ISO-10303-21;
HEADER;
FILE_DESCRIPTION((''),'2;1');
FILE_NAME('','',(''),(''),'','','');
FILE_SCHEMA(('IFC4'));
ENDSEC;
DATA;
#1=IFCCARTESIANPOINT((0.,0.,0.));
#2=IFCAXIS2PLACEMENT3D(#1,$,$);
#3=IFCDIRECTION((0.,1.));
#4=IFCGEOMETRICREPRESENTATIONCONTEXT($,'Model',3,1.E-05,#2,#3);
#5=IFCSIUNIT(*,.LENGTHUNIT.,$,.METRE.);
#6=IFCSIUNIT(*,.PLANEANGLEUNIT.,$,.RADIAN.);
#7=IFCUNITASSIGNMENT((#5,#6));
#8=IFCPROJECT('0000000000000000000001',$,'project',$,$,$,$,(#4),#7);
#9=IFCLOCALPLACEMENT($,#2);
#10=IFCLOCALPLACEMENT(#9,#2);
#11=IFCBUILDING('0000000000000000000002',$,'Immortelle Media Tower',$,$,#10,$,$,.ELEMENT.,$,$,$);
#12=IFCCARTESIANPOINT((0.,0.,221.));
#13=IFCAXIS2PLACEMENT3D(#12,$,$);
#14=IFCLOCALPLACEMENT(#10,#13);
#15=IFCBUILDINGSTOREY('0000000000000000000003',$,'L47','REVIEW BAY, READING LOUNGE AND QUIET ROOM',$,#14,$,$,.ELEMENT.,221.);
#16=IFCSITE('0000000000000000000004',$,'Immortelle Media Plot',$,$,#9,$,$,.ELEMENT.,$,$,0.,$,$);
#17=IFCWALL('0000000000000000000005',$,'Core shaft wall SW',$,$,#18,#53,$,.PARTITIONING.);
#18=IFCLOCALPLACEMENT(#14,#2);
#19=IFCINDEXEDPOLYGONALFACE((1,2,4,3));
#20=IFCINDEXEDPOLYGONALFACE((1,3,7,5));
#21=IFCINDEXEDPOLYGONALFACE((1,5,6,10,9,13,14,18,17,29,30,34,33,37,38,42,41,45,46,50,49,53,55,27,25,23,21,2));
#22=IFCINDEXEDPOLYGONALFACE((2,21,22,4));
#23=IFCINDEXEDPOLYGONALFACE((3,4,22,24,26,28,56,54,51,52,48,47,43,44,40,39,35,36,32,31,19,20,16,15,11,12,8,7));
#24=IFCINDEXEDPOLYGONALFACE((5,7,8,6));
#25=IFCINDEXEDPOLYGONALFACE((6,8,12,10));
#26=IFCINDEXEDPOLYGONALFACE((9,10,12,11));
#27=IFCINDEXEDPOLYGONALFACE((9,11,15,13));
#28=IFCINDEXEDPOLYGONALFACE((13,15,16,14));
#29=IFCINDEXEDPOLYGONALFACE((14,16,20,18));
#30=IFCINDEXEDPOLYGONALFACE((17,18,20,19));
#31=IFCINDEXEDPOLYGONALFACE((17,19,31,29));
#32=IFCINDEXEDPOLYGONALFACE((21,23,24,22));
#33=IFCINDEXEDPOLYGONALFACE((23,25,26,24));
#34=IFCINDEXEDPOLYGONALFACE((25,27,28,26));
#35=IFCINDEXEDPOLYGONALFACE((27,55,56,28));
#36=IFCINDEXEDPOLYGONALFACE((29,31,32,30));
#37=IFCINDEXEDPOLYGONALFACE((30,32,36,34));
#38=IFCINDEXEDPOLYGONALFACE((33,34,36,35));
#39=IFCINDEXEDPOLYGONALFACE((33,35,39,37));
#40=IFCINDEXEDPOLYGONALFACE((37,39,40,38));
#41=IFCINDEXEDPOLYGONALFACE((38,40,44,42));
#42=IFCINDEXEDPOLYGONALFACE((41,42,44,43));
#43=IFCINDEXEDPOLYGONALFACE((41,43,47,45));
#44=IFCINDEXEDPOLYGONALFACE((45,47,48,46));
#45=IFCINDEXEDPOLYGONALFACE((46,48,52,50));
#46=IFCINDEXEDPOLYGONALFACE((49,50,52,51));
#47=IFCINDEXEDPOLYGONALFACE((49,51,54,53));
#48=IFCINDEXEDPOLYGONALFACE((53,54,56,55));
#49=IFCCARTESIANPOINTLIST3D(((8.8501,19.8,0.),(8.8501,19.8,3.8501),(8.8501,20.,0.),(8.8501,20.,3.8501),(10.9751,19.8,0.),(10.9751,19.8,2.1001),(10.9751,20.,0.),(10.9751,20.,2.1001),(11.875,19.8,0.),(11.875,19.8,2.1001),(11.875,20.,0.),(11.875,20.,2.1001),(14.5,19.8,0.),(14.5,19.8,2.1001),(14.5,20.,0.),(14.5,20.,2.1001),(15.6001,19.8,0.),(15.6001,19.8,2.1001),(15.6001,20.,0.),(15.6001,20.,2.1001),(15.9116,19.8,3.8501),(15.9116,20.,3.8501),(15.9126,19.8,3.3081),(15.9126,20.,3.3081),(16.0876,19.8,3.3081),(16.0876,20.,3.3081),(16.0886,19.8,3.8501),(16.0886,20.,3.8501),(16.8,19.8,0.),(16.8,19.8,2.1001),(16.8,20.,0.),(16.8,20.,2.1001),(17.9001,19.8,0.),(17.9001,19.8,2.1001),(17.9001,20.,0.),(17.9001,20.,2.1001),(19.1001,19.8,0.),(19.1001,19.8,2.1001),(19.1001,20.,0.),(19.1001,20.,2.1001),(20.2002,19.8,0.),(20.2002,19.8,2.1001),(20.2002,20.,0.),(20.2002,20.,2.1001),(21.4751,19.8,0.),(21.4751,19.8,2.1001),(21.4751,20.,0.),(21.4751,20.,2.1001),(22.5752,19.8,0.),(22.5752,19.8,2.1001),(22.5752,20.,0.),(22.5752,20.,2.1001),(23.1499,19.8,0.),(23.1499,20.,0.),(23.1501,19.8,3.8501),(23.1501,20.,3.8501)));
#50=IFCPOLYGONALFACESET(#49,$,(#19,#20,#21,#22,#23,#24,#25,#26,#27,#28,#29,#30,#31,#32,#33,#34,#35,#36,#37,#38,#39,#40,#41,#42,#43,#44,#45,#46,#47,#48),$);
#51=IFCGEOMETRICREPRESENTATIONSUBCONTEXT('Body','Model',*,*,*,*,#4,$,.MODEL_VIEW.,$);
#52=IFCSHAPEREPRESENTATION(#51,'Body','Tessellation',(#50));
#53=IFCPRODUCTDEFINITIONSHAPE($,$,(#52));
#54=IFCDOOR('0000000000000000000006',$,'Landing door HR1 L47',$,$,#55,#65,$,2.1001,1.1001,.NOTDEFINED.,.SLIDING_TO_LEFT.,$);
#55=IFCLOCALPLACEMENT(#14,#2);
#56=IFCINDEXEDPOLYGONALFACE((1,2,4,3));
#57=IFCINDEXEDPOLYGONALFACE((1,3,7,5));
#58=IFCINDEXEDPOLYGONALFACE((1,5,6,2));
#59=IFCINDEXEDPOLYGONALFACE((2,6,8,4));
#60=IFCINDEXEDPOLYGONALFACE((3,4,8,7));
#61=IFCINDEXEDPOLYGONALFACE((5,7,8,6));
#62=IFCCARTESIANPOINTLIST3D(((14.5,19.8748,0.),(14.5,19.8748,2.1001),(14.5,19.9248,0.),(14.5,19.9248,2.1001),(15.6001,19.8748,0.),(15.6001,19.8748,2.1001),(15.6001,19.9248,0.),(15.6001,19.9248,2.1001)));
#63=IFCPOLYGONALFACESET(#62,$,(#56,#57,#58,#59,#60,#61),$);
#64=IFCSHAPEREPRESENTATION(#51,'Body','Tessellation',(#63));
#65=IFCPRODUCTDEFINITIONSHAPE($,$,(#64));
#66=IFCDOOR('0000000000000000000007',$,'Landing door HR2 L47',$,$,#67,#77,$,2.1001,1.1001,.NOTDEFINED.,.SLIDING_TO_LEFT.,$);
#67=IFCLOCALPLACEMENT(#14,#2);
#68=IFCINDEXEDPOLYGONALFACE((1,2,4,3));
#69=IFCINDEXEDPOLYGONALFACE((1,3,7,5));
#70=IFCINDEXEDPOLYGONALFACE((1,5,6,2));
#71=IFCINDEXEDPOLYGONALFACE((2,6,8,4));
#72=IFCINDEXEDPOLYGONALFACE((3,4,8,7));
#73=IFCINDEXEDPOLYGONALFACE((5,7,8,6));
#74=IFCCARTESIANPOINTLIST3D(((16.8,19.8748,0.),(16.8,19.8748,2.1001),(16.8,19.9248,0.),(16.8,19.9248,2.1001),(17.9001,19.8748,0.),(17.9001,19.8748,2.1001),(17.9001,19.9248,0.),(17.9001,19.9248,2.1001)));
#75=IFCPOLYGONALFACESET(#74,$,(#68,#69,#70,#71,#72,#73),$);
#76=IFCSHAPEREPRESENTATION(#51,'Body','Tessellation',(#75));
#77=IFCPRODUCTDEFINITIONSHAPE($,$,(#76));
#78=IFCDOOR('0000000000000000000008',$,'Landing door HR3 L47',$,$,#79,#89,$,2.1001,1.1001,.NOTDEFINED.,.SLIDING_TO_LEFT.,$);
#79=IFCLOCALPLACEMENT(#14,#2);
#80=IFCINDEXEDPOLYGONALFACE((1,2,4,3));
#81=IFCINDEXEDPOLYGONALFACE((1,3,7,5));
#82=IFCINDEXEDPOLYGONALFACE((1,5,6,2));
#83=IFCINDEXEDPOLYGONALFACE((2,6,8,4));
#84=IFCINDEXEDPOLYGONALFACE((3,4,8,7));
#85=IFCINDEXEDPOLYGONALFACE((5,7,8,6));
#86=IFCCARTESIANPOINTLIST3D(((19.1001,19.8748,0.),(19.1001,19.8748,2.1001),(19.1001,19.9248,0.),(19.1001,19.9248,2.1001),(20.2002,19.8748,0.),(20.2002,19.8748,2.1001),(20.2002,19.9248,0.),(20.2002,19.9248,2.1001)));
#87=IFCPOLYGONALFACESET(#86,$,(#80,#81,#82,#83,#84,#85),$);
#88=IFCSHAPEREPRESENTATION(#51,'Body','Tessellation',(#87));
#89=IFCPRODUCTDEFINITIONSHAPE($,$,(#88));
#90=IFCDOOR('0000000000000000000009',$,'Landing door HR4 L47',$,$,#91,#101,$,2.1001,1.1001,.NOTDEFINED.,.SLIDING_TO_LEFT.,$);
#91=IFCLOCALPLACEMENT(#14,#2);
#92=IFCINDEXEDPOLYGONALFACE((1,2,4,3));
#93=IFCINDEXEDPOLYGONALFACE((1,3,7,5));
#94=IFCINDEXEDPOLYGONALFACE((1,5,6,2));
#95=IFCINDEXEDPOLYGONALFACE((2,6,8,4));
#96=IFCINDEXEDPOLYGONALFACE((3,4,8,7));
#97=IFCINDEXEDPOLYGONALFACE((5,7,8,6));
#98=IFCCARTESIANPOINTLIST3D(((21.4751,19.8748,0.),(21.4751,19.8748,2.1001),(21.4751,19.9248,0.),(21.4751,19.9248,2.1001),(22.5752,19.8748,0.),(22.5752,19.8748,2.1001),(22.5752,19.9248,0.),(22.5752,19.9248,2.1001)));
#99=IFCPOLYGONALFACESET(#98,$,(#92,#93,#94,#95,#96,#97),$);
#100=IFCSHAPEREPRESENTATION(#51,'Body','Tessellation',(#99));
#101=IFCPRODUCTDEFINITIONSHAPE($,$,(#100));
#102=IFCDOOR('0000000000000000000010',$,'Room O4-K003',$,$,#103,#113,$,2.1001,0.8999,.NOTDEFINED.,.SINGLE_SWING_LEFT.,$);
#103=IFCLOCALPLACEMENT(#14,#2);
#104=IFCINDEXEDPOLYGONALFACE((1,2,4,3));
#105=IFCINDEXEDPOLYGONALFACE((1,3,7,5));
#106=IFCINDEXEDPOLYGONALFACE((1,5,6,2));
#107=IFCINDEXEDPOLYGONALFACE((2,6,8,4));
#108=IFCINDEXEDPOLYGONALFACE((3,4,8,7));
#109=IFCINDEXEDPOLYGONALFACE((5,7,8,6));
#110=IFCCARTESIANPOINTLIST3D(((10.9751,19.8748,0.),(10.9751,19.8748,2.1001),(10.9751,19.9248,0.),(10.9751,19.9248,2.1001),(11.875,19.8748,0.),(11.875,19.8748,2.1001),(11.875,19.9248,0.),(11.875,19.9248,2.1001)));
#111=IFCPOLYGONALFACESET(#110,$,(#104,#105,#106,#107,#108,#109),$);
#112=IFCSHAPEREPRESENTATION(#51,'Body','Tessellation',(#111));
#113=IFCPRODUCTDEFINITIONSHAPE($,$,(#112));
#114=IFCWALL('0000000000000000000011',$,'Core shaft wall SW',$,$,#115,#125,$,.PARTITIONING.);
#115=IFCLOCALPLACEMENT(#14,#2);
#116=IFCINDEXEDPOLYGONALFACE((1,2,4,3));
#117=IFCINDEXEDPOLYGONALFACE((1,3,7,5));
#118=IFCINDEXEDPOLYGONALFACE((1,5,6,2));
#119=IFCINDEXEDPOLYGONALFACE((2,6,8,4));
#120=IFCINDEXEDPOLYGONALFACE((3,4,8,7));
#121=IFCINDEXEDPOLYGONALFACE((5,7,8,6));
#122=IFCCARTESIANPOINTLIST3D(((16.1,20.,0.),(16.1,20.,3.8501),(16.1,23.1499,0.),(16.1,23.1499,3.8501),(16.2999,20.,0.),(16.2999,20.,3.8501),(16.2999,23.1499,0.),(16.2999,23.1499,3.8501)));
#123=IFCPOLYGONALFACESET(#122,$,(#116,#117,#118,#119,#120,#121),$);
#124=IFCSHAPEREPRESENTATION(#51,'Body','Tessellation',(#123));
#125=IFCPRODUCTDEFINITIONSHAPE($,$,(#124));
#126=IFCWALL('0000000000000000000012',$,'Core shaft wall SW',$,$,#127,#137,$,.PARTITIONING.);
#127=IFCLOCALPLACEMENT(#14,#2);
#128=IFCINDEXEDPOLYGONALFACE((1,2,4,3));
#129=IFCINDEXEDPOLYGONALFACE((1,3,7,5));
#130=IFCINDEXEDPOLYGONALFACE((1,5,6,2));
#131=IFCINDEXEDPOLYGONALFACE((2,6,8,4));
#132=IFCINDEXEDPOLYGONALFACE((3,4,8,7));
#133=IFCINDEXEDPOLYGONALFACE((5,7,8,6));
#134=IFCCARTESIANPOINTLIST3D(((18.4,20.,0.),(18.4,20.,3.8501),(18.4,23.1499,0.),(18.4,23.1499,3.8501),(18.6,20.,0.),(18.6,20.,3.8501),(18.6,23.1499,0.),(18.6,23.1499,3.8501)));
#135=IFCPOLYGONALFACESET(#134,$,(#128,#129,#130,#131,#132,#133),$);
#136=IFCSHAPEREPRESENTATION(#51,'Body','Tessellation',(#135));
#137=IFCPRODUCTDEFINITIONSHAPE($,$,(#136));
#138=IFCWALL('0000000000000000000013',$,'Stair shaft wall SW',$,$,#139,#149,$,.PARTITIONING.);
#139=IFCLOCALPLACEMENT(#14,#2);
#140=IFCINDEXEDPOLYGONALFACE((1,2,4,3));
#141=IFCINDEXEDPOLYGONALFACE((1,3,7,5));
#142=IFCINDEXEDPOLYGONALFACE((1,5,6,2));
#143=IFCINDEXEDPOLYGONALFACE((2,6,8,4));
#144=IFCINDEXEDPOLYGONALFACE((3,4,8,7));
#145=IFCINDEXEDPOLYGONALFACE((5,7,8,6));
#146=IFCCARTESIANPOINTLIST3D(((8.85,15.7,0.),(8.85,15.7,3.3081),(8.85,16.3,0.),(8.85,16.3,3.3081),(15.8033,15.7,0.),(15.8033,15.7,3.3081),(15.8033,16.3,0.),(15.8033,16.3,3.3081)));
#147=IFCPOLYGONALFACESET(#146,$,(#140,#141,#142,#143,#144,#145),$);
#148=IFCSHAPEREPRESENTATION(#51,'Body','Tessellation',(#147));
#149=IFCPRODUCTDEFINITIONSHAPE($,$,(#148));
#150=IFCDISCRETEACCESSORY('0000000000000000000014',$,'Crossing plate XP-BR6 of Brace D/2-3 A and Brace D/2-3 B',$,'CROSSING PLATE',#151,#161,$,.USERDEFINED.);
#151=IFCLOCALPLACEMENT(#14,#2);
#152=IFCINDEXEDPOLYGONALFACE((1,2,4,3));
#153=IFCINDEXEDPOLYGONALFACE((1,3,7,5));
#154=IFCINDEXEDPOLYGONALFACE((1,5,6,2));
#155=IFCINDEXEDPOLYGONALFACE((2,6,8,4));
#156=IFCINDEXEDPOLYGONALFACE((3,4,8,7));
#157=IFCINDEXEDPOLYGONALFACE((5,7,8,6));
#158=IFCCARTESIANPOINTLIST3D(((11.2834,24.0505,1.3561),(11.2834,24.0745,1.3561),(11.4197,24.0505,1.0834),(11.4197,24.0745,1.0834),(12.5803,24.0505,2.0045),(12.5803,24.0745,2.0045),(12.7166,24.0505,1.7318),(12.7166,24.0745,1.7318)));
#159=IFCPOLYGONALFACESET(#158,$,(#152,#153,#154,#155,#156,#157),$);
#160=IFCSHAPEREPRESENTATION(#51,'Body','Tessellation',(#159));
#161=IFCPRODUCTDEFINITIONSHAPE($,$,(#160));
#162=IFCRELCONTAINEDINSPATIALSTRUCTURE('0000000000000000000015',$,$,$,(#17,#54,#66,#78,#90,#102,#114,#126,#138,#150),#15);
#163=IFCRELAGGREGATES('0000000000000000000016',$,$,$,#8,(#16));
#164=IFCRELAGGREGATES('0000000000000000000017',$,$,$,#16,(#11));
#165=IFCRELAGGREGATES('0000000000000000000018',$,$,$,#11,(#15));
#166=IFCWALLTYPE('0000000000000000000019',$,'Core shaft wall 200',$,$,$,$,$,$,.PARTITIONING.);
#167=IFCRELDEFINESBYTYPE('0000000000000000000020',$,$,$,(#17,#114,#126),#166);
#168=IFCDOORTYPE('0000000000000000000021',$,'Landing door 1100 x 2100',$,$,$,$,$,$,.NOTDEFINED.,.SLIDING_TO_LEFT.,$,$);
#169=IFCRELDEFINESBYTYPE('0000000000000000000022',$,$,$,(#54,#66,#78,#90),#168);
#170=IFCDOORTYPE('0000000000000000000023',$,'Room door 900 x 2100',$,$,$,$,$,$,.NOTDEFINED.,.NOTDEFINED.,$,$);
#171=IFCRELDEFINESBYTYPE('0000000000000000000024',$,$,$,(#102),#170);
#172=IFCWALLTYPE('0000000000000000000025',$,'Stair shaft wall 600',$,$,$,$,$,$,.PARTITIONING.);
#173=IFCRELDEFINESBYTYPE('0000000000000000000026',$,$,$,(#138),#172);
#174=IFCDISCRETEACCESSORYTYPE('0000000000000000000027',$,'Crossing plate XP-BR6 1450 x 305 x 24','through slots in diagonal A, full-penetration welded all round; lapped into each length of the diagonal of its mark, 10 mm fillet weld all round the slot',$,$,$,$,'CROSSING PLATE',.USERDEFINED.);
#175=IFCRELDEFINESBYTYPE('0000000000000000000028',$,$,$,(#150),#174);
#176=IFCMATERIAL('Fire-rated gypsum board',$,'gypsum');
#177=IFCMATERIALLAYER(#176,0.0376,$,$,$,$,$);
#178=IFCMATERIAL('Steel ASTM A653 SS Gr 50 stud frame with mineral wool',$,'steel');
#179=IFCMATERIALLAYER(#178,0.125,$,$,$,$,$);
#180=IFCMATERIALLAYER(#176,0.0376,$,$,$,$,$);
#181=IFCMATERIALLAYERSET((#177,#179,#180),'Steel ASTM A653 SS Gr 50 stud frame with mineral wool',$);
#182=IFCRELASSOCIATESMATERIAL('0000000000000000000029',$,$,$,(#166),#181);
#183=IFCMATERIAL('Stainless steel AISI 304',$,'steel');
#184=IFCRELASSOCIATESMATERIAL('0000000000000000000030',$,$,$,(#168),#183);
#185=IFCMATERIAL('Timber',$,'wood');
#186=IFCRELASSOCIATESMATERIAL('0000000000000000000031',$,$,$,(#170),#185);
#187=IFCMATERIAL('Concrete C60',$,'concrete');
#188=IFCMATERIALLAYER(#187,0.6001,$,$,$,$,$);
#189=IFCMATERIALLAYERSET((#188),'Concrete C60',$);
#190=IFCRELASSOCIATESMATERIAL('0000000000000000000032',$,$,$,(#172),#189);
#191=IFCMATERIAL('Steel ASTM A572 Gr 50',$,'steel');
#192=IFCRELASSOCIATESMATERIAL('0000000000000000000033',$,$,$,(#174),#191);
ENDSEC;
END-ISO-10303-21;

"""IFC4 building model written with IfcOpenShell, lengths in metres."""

from ifc_helpers import new_model, si_unit, direction, frame, frame_2d, origin, origin_2d, place, context, subcontext, project, spatial, polyline, rectangle, outline, extrude, material, layer, layer_set, material_profile, profile_set, type_object, element, fill, save


model = new_model("IFC4")

# Units and contexts
model_context = context("Model", 3, precision=1e-05, world=origin(), true_north=direction((0.0, 1.0)))
body_context = subcontext(model_context, "Body", "Model", "MODEL_VIEW")
ifc_project = project(units=[si_unit("LENGTHUNIT", "METRE"), si_unit("PLANEANGLEUNIT", "RADIAN")], contexts=[model_context])

# Site, building, storey
site_placement = place(None, origin())
site = spatial("IfcSite", under=ifc_project, at=site_placement, Name="Immortelle Media Plot", CompositionType="ELEMENT", RefElevation=0.0)
building_placement = place(site_placement, origin())
building = spatial("IfcBuilding", under=site, at=building_placement, Name="Immortelle Media Tower", CompositionType="ELEMENT")
storey_placement = place(building_placement, frame((0.0, 0.0, 221.0)))
storey = spatial("IfcBuildingStorey", under=building, at=storey_placement, Name="L47", Description="REVIEW BAY, READING LOUNGE AND QUIET ROOM", CompositionType="ELEMENT", Elevation=221.0)

# Shared definitions
ifc_material_1 = material(Name="Timber", Category="wood")

# Shared definitions
ifc_material_2 = material(Name="Fire-rated gypsum board", Category="gypsum")
ifc_material_3 = material(Name="Steel ASTM A653 SS Gr 50 stud frame with mineral wool", Category="steel")

# Wall, openings, doors
ifc_layer_1 = layer(ifc_material_2, 0.0376)
ifc_layer_2 = layer(ifc_material_3, 0.125)
ifc_layer_3 = layer(ifc_material_2, 0.0376)
ifc_layer_set_1 = layer_set([ifc_layer_1, ifc_layer_2, ifc_layer_3], Name="Steel ASTM A653 SS Gr 50 stud frame with mineral wool")
wall_type_1 = type_object("IfcWallType", Name="Core shaft wall 200", PredefinedType="PARTITIONING", material=ifc_layer_set_1)
wall_1_placement = place(storey_placement, frame((8.8501, 19.8999, 0.0), z_axis=(0.0, 0.0, 1.0), x_axis=(1.0, 0.0, 0.0)))
wall_1 = element("IfcWall", 1, at=wall_1_placement, inside=storey, type_object=wall_type_1, Name="Core shaft wall SW", PredefinedType="PARTITIONING", context=body_context, shape_type="SweptSolid", body=[
    extrude(outline(polyline([(0.0, 0.0), (14.2998, 0.0), (14.3, 3.8501), (7.2385, 3.8501), (7.2375, 3.3081), (7.0625, 3.3081), (7.0615, 3.8501), (0.0, 3.8501), (0.0, 0.0)])), frame((0.0, 0.1001, 0.0), z_axis=(0.0, -1.0, 0.0), x_axis=(1.0, 0.0, 0.0)), (0.0, 0.0, 1.0), 0.2),
])
opening_1_placement = place(wall_1_placement, frame((2.125, 0.0, 0.0)))
opening_1 = element("IfcOpeningElement", 2, at=opening_1_placement, cuts=wall_1, PredefinedType="OPENING", context=body_context, shape_type="SweptSolid", body=[
    extrude(rectangle(XDim=0.8999, YDim=2.1001, at=frame_2d((0.45, 1.05))), frame((0.0, 0.1099, 0.0), z_axis=(0.0, -1.0, 0.0), x_axis=(1.0, 0.0, 0.0)), (0.0, 0.0, 1.0), 0.22),
])
opening_2_placement = place(wall_1_placement, frame((5.6499, 0.0, 0.0)))
opening_2 = element("IfcOpeningElement", 3, at=opening_2_placement, cuts=wall_1, PredefinedType="OPENING", context=body_context, shape_type="SweptSolid", body=[
    extrude(rectangle(XDim=1.1001, YDim=2.1001, at=frame_2d((0.55, 1.05))), frame((0.0, 0.1099, 0.0), z_axis=(0.0, -1.0, 0.0), x_axis=(1.0, 0.0, 0.0)), (0.0, 0.0, 1.0), 0.22),
])
opening_3_placement = place(wall_1_placement, frame((7.95, 0.0, 0.0)))
opening_3 = element("IfcOpeningElement", 4, at=opening_3_placement, cuts=wall_1, PredefinedType="OPENING", context=body_context, shape_type="SweptSolid", body=[
    extrude(rectangle(XDim=1.1001, YDim=2.1001, at=frame_2d((0.55, 1.05))), frame((0.0, 0.1099, 0.0), z_axis=(0.0, -1.0, 0.0), x_axis=(1.0, 0.0, 0.0)), (0.0, 0.0, 1.0), 0.22),
])
opening_4_placement = place(wall_1_placement, frame((10.25, 0.0, 0.0)))
opening_4 = element("IfcOpeningElement", 5, at=opening_4_placement, cuts=wall_1, PredefinedType="OPENING", context=body_context, shape_type="SweptSolid", body=[
    extrude(rectangle(XDim=1.1001, YDim=2.1001, at=frame_2d((0.55, 1.05))), frame((0.0, 0.1099, 0.0), z_axis=(0.0, -1.0, 0.0), x_axis=(1.0, 0.0, 0.0)), (0.0, 0.0, 1.0), 0.22),
])
opening_5_placement = place(wall_1_placement, frame((12.625, 0.0, 0.0)))
opening_5 = element("IfcOpeningElement", 6, at=opening_5_placement, cuts=wall_1, PredefinedType="OPENING", context=body_context, shape_type="SweptSolid", body=[
    extrude(rectangle(XDim=1.1001, YDim=2.1001, at=frame_2d((0.55, 1.05))), frame((0.0, 0.1099, 0.0), z_axis=(0.0, -1.0, 0.0), x_axis=(1.0, 0.0, 0.0)), (0.0, 0.0, 1.0), 0.22),
])
ifc_material_4 = material(Name="Stainless steel AISI 304", Category="steel")
door_type_1 = type_object("IfcDoorType", Name="Landing door 1100 x 2100", OperationType="SLIDING_TO_LEFT", PredefinedType="NOTDEFINED", material=ifc_material_4)
door_1_placement = place(opening_2_placement, origin())
door_1 = element("IfcDoor", 7, at=door_1_placement, inside=storey, type_object=door_type_1, Name="Landing door HR1 L47", OperationType="SLIDING_TO_LEFT", OverallHeight=2.1001, OverallWidth=1.1001, PredefinedType="NOTDEFINED", context=body_context, shape_type="SweptSolid", body=[
    extrude(rectangle(XDim=1.1001, YDim=2.1001, at=frame_2d((0.55, 1.05))), frame((0.0, 0.0249, 0.0), z_axis=(0.0, -1.0, 0.0), x_axis=(1.0, 0.0, 0.0)), (0.0, 0.0, 1.0), 0.05),
])
fill(opening_2, door_1)
door_2_placement = place(opening_3_placement, origin())
door_2 = element("IfcDoor", 8, at=door_2_placement, inside=storey, type_object=door_type_1, Name="Landing door HR2 L47", OperationType="SLIDING_TO_LEFT", OverallHeight=2.1001, OverallWidth=1.1001, PredefinedType="NOTDEFINED", context=body_context, shape_type="SweptSolid", body=[
    extrude(rectangle(XDim=1.1001, YDim=2.1001, at=frame_2d((0.55, 1.05))), frame((0.0, 0.0249, 0.0), z_axis=(0.0, -1.0, 0.0), x_axis=(1.0, 0.0, 0.0)), (0.0, 0.0, 1.0), 0.05),
])
fill(opening_3, door_2)
door_3_placement = place(opening_4_placement, origin())
door_3 = element("IfcDoor", 9, at=door_3_placement, inside=storey, type_object=door_type_1, Name="Landing door HR3 L47", OperationType="SLIDING_TO_LEFT", OverallHeight=2.1001, OverallWidth=1.1001, PredefinedType="NOTDEFINED", context=body_context, shape_type="SweptSolid", body=[
    extrude(rectangle(XDim=1.1001, YDim=2.1001, at=frame_2d((0.55, 1.05))), frame((0.0, 0.0249, 0.0), z_axis=(0.0, -1.0, 0.0), x_axis=(1.0, 0.0, 0.0)), (0.0, 0.0, 1.0), 0.05),
])
fill(opening_4, door_3)
door_4_placement = place(opening_5_placement, origin())
door_4 = element("IfcDoor", 10, at=door_4_placement, inside=storey, type_object=door_type_1, Name="Landing door HR4 L47", OperationType="SLIDING_TO_LEFT", OverallHeight=2.1001, OverallWidth=1.1001, PredefinedType="NOTDEFINED", context=body_context, shape_type="SweptSolid", body=[
    extrude(rectangle(XDim=1.1001, YDim=2.1001, at=frame_2d((0.55, 1.05))), frame((0.0, 0.0249, 0.0), z_axis=(0.0, -1.0, 0.0), x_axis=(1.0, 0.0, 0.0)), (0.0, 0.0, 1.0), 0.05),
])
fill(opening_5, door_4)
door_type_2 = type_object("IfcDoorType", Name="Room door 900 x 2100", OperationType="NOTDEFINED", PredefinedType="NOTDEFINED", material=ifc_material_1)
door_5_placement = place(opening_1_placement, origin())
door_5 = element("IfcDoor", 11, at=door_5_placement, inside=storey, type_object=door_type_2, Name="Room O4-K003", OperationType="SINGLE_SWING_LEFT", OverallHeight=2.1001, OverallWidth=0.8999, PredefinedType="NOTDEFINED", context=body_context, shape_type="SweptSolid", body=[
    extrude(rectangle(XDim=0.8999, YDim=2.1001, at=frame_2d((0.45, 1.05))), frame((0.0, 0.0249, 0.0), z_axis=(0.0, -1.0, 0.0), x_axis=(1.0, 0.0, 0.0)), (0.0, 0.0, 1.0), 0.05),
])
fill(opening_1, door_5)

# Walls
for number, where, z_axis, x_axis, name in (
    (12, (16.2, 20.0, 0.0), (0.0, 0.0, 1.0), (0.0, 1.0, 0.0), "Core shaft wall SW"),
    (13, (18.5, 20.0, 0.0), (0.0, 0.0, 1.0), (0.0, 1.0, 0.0), "Core shaft wall SW"),
):
    element("IfcWall", number, at=place(storey_placement, frame(where, z_axis=z_axis, x_axis=x_axis)), inside=storey, type_object=wall_type_1, Name=name, PredefinedType="PARTITIONING", context=body_context, shape_type="SweptSolid", body=[
        extrude(rectangle(XDim=3.1499, YDim=0.2, at=frame_2d((1.575, 0.0))), origin(), (0.0, 0.0, 1.0), 3.8501),
    ])
ifc_material_5 = material(Name="Concrete C60", Category="concrete")
ifc_layer_4 = layer(ifc_material_5, 0.6001)
ifc_layer_set_2 = layer_set([ifc_layer_4], Name="Concrete C60")
wall_type_2 = type_object("IfcWallType", Name="Stair shaft wall 600", PredefinedType="PARTITIONING", material=ifc_layer_set_2)
wall_2_placement = place(storey_placement, frame((8.8501, 16.0, 0.0), z_axis=(0.0, 0.0, 1.0), x_axis=(1.0, 0.0, 0.0)))
element("IfcWall", 14, at=wall_2_placement, inside=storey, type_object=wall_type_2, Name="Stair shaft wall SW", PredefinedType="PARTITIONING", context=body_context, shape_type="SweptSolid", body=[
    extrude(rectangle(XDim=6.9534, YDim=0.6001, at=frame_2d((3.4766, 0.0))), origin(), (0.0, 0.0, 1.0), 3.3081),
])

# Discrete accessory
ifc_material_6 = material(Name="Steel ASTM A572 Gr 50", Category="steel")
ifc_material_profile_1 = material_profile(ifc_material_6, rectangle(XDim=0.0239, YDim=0.3049, at=origin_2d()), Name="PL 24 x 305")
ifc_profile_set_1 = profile_set([ifc_material_profile_1], Name="Steel ASTM A572 Gr 50")
discrete_accessory_type_1 = type_object("IfcDiscreteAccessoryType", Name="Crossing plate XP-BR6 1450 x 305 x 24", Description="through slots in diagonal A, full-penetration welded all round; lapped into each length of the diagonal of its mark, 10 mm fillet weld all round the slot", ElementType="CROSSING PLATE", PredefinedType="USERDEFINED", material=ifc_profile_set_1)
discrete_accessory_placement = place(storey_placement, frame((12.6484, 24.0625, 1.8682), z_axis=(-0.894427, 0.0, -0.447214), x_axis=(0.0, -1.0, 0.0)))
element("IfcDiscreteAccessory", 15, at=discrete_accessory_placement, inside=storey, type_object=discrete_accessory_type_1, Name="Crossing plate XP-BR6 of Brace D/2-3 A and Brace D/2-3 B", ObjectType="CROSSING PLATE", PredefinedType="USERDEFINED", context=body_context, shape_type="SweptSolid", body=[
    extrude(rectangle(XDim=0.0239, YDim=0.3049, at=origin_2d()), origin(), (0.0, 0.0, 1.0), 1.45),
])

save(model, "model.ifc")
